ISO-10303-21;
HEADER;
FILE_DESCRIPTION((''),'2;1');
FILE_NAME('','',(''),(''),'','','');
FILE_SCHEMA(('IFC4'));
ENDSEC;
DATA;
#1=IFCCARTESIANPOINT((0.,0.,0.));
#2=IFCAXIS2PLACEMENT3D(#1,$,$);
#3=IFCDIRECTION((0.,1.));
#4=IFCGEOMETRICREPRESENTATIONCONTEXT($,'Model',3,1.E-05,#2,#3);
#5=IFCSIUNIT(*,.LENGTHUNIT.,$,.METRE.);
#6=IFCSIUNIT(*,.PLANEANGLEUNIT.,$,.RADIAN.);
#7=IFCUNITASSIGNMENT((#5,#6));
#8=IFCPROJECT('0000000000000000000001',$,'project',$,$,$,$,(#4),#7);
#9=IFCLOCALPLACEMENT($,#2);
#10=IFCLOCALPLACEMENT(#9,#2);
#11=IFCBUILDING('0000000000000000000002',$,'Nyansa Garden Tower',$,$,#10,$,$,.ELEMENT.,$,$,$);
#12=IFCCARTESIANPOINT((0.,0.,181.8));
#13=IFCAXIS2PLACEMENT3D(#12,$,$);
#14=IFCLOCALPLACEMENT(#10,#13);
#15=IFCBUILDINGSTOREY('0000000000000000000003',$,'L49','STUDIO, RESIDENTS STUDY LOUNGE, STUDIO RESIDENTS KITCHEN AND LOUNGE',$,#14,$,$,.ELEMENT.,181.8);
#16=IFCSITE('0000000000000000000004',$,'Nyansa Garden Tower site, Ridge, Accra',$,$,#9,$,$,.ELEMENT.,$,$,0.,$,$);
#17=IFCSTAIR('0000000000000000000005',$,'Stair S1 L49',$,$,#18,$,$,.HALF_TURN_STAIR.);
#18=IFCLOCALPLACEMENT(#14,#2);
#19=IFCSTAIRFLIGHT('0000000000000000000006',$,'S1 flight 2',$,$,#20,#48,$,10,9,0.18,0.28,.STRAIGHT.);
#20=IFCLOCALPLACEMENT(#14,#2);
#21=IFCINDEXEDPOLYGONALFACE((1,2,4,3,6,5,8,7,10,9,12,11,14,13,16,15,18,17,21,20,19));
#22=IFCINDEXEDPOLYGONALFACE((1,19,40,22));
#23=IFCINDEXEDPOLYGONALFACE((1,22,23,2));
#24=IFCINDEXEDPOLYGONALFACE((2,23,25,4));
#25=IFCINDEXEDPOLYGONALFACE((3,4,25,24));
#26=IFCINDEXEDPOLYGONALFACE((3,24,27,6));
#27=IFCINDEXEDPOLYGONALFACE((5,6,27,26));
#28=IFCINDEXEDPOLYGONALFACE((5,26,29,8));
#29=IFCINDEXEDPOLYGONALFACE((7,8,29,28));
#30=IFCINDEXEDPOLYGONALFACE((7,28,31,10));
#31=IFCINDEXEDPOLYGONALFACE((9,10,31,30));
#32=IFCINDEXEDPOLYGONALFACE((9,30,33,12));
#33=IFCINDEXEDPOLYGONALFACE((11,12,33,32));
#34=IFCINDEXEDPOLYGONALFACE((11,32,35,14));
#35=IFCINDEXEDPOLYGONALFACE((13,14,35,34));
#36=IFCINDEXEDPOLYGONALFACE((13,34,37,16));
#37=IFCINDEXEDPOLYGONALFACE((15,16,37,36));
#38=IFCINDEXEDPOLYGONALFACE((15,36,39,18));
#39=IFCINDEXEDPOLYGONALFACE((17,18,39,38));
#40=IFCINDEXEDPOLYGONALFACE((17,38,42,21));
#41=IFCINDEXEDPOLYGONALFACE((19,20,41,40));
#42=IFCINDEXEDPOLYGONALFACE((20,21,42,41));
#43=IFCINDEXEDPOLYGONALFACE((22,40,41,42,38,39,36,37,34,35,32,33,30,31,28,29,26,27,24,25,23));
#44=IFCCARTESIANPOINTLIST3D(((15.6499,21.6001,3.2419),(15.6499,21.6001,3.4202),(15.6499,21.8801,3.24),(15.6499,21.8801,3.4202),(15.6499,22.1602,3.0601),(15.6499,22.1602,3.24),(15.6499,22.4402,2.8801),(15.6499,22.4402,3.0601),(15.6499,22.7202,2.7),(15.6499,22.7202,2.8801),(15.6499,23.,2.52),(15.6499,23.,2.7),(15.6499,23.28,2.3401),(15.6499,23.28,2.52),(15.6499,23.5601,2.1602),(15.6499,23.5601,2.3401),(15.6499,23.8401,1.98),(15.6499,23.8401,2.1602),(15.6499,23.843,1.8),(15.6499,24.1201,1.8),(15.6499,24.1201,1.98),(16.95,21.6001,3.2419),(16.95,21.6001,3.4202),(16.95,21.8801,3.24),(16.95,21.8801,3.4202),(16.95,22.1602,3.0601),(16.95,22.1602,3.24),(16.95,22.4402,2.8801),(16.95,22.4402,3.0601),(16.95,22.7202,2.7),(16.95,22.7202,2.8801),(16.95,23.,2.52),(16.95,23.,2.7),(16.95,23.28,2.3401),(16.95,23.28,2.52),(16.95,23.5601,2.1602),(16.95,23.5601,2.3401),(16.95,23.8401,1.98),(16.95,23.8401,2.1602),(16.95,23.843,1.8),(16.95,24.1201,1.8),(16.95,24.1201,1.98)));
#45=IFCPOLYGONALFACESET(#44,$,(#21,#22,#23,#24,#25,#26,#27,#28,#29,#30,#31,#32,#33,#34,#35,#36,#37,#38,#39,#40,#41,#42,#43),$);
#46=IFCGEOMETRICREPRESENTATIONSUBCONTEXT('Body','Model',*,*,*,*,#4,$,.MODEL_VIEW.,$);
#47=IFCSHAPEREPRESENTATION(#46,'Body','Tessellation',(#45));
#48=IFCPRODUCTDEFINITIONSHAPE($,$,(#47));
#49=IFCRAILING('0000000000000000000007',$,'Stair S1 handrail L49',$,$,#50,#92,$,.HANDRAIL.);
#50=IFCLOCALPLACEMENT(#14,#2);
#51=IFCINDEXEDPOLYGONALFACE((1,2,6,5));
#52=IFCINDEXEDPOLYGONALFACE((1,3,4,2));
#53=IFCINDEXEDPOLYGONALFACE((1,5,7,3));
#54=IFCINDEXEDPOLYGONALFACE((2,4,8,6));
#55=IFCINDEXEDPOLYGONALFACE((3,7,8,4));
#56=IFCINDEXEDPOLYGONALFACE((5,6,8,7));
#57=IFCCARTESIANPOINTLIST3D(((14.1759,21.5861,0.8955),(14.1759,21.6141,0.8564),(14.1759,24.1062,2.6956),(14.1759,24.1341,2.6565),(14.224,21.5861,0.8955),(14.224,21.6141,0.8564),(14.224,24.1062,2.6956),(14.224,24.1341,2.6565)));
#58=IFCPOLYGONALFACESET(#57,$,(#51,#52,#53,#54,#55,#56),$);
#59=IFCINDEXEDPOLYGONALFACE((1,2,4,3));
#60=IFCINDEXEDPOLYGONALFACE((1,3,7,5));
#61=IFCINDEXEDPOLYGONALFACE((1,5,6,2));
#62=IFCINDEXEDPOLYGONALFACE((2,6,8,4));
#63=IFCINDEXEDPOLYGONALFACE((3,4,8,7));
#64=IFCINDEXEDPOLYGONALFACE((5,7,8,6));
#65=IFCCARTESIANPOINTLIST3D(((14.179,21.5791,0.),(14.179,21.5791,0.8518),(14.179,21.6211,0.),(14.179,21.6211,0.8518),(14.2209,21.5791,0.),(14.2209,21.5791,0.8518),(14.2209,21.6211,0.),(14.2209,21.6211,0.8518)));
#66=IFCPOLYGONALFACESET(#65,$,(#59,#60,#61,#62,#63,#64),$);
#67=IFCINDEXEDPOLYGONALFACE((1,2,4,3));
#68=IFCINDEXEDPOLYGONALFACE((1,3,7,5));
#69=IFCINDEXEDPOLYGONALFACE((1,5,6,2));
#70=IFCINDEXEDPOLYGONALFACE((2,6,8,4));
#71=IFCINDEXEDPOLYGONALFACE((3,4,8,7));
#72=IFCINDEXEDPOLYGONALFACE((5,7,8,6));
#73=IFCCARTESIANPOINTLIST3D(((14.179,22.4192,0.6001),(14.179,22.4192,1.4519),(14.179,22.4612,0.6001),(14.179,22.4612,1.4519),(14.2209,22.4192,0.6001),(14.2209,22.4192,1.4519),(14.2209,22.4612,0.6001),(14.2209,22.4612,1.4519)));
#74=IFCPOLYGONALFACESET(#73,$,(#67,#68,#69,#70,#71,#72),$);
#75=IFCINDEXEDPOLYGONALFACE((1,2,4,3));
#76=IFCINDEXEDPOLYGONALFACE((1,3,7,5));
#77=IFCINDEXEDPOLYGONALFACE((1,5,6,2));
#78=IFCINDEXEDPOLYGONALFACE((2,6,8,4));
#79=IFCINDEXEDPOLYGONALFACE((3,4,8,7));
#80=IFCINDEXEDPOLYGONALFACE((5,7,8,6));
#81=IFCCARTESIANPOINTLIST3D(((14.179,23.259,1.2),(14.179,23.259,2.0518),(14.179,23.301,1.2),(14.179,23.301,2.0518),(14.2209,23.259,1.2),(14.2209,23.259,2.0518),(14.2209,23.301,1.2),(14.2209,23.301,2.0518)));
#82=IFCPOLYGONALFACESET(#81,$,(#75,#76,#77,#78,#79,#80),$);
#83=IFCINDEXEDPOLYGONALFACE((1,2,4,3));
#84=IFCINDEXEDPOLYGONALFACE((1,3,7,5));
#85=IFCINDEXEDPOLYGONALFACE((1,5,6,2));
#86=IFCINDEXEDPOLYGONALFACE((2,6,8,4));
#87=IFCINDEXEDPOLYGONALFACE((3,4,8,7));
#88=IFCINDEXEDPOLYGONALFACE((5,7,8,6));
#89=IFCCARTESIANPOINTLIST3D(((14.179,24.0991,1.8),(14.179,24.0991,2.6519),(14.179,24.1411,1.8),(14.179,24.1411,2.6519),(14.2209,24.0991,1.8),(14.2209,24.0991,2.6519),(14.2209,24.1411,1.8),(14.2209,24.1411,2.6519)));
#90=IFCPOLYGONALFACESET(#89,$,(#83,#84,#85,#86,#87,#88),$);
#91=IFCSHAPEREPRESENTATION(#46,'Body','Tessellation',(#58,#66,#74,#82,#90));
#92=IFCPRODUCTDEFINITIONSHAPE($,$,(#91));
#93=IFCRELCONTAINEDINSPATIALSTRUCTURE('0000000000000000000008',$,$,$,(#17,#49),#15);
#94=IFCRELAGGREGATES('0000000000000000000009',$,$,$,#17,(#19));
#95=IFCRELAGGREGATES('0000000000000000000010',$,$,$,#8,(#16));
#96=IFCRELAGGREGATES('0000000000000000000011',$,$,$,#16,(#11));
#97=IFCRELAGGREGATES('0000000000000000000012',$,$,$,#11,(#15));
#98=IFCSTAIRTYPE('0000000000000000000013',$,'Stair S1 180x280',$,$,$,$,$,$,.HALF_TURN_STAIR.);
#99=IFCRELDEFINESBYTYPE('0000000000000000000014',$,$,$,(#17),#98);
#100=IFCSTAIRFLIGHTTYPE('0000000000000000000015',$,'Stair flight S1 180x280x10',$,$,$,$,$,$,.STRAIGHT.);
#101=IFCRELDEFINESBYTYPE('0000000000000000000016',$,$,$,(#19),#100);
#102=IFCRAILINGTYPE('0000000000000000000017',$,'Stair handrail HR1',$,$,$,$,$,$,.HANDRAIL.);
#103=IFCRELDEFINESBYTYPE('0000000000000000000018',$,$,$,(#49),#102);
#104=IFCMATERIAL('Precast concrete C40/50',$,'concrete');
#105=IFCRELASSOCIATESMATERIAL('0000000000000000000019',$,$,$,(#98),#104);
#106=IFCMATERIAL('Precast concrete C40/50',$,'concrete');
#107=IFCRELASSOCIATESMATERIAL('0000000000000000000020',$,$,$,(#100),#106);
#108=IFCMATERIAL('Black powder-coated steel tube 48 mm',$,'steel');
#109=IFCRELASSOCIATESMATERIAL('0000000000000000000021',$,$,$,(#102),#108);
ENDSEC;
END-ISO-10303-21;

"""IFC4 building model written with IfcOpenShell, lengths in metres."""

from ifc_helpers import new_model, si_unit, direction, frame, origin, origin_2d, place, context, subcontext, project, spatial, polyline, rectangle, outline, extrude, material, type_object, element, aggregate, save


model = new_model("IFC4")

# Units and contexts
model_context = context("Model", 3, precision=1e-05, world=origin(), true_north=direction((0.0, 1.0)))
body_context = subcontext(model_context, "Body", "Model", "MODEL_VIEW")
ifc_project = project(units=[si_unit("LENGTHUNIT", "METRE"), si_unit("PLANEANGLEUNIT", "RADIAN")], contexts=[model_context])

# Site, building, storey
site_placement = place(None, origin())
site = spatial("IfcSite", under=ifc_project, at=site_placement, Name="Nyansa Garden Tower site, Ridge, Accra", CompositionType="ELEMENT", RefElevation=0.0)
building_placement = place(site_placement, origin())
building = spatial("IfcBuilding", under=site, at=building_placement, Name="Nyansa Garden Tower", CompositionType="ELEMENT")
storey_placement = place(building_placement, frame((0.0, 0.0, 181.8)))
storey = spatial("IfcBuildingStorey", under=building, at=storey_placement, Name="L49", Description="STUDIO, RESIDENTS STUDY LOUNGE, STUDIO RESIDENTS KITCHEN AND LOUNGE", CompositionType="ELEMENT", Elevation=181.8)

# Stair, stair flight
ifc_material_1 = material(Name="Precast concrete C40/50", Category="concrete")
stair_type = type_object("IfcStairType", Name="Stair S1 180x280", PredefinedType="HALF_TURN_STAIR", material=ifc_material_1)
stair_placement = place(storey_placement, origin())
stair = element("IfcStair", 1, at=stair_placement, inside=storey, type_object=stair_type, Name="Stair S1 L49", PredefinedType="HALF_TURN_STAIR")
ifc_material_2 = material(Name="Precast concrete C40/50", Category="concrete")
stair_flight_type = type_object("IfcStairFlightType", Name="Stair flight S1 180x280x10", PredefinedType="STRAIGHT", material=ifc_material_2)
stair_flight_1_placement = place(storey_placement, frame((16.3, 24.1201, 1.8), z_axis=(0.0, 0.0, 1.0), x_axis=(0.0, -1.0, 0.0)))
stair_flight_1 = element("IfcStairFlight", 2, at=stair_flight_1_placement, type_object=stair_flight_type, Name="S1 flight 2", NumberOfRisers=10, NumberOfTreads=9, PredefinedType="STRAIGHT", RiserHeight=0.18, TreadLength=0.28, context=body_context, shape_type="SweptSolid", body=[
    extrude(outline(polyline([(0.0, 0.0), (0.0, 0.1799), (0.28, 0.1799), (0.28, 0.3601), (0.5601, 0.3601), (0.5601, 0.54), (0.8401, 0.54), (0.8401, 0.72), (1.1201, 0.72), (1.1201, 0.8999), (1.3999, 0.8999), (1.3999, 1.0801), (1.6799, 1.0801), (1.6799, 1.26), (1.96, 1.26), (1.96, 1.4399), (2.24, 1.4399), (2.24, 1.6201), (2.52, 1.6201), (2.52, 1.8), (2.52, 1.4419), (0.2771, 0.0), (0.0, 0.0)])), frame((0.0, 0.6499, 0.0), z_axis=(0.0, -1.0, 0.0), x_axis=(1.0, 0.0, 0.0)), (0.0, 0.0, 1.0), 1.3),
])
aggregate(stair, [stair_flight_1])

# Railing
ifc_material_3 = material(Name="Black powder-coated steel tube 48 mm", Category="steel")
railing_type = type_object("IfcRailingType", Name="Stair handrail HR1", PredefinedType="HANDRAIL", material=ifc_material_3)
railing_placement = place(storey_placement, frame((14.2, 21.6001, 0.0)))
element("IfcRailing", 3, at=railing_placement, inside=storey, type_object=railing_type, Name="Stair S1 handrail L49", PredefinedType="HANDRAIL", context=body_context, shape_type="SweptSolid", body=[
    extrude(rectangle(XDim=0.0481, YDim=0.0481, at=origin_2d()), frame((0.0, 0.0, 0.876), z_axis=(0.0, 0.813728, 0.581246), x_axis=(-1.0, 0.0, 0.0)), (0.0, 0.0, 1.0), 3.0969),
    extrude(rectangle(XDim=0.042, YDim=0.042, at=origin_2d()), origin(), (0.0, 0.0, 1.0), 0.8518),
    extrude(rectangle(XDim=0.042, YDim=0.042, at=origin_2d()), frame((0.0, 0.8401, 0.6001)), (0.0, 0.0, 1.0), 0.8518),
    extrude(rectangle(XDim=0.042, YDim=0.042, at=origin_2d()), frame((0.0, 1.6799, 1.2)), (0.0, 0.0, 1.0), 0.8518),
    extrude(rectangle(XDim=0.042, YDim=0.042, at=origin_2d()), frame((0.0, 2.52, 1.8)), (0.0, 0.0, 1.0), 0.8518),
])

save(model, "model.ifc")
